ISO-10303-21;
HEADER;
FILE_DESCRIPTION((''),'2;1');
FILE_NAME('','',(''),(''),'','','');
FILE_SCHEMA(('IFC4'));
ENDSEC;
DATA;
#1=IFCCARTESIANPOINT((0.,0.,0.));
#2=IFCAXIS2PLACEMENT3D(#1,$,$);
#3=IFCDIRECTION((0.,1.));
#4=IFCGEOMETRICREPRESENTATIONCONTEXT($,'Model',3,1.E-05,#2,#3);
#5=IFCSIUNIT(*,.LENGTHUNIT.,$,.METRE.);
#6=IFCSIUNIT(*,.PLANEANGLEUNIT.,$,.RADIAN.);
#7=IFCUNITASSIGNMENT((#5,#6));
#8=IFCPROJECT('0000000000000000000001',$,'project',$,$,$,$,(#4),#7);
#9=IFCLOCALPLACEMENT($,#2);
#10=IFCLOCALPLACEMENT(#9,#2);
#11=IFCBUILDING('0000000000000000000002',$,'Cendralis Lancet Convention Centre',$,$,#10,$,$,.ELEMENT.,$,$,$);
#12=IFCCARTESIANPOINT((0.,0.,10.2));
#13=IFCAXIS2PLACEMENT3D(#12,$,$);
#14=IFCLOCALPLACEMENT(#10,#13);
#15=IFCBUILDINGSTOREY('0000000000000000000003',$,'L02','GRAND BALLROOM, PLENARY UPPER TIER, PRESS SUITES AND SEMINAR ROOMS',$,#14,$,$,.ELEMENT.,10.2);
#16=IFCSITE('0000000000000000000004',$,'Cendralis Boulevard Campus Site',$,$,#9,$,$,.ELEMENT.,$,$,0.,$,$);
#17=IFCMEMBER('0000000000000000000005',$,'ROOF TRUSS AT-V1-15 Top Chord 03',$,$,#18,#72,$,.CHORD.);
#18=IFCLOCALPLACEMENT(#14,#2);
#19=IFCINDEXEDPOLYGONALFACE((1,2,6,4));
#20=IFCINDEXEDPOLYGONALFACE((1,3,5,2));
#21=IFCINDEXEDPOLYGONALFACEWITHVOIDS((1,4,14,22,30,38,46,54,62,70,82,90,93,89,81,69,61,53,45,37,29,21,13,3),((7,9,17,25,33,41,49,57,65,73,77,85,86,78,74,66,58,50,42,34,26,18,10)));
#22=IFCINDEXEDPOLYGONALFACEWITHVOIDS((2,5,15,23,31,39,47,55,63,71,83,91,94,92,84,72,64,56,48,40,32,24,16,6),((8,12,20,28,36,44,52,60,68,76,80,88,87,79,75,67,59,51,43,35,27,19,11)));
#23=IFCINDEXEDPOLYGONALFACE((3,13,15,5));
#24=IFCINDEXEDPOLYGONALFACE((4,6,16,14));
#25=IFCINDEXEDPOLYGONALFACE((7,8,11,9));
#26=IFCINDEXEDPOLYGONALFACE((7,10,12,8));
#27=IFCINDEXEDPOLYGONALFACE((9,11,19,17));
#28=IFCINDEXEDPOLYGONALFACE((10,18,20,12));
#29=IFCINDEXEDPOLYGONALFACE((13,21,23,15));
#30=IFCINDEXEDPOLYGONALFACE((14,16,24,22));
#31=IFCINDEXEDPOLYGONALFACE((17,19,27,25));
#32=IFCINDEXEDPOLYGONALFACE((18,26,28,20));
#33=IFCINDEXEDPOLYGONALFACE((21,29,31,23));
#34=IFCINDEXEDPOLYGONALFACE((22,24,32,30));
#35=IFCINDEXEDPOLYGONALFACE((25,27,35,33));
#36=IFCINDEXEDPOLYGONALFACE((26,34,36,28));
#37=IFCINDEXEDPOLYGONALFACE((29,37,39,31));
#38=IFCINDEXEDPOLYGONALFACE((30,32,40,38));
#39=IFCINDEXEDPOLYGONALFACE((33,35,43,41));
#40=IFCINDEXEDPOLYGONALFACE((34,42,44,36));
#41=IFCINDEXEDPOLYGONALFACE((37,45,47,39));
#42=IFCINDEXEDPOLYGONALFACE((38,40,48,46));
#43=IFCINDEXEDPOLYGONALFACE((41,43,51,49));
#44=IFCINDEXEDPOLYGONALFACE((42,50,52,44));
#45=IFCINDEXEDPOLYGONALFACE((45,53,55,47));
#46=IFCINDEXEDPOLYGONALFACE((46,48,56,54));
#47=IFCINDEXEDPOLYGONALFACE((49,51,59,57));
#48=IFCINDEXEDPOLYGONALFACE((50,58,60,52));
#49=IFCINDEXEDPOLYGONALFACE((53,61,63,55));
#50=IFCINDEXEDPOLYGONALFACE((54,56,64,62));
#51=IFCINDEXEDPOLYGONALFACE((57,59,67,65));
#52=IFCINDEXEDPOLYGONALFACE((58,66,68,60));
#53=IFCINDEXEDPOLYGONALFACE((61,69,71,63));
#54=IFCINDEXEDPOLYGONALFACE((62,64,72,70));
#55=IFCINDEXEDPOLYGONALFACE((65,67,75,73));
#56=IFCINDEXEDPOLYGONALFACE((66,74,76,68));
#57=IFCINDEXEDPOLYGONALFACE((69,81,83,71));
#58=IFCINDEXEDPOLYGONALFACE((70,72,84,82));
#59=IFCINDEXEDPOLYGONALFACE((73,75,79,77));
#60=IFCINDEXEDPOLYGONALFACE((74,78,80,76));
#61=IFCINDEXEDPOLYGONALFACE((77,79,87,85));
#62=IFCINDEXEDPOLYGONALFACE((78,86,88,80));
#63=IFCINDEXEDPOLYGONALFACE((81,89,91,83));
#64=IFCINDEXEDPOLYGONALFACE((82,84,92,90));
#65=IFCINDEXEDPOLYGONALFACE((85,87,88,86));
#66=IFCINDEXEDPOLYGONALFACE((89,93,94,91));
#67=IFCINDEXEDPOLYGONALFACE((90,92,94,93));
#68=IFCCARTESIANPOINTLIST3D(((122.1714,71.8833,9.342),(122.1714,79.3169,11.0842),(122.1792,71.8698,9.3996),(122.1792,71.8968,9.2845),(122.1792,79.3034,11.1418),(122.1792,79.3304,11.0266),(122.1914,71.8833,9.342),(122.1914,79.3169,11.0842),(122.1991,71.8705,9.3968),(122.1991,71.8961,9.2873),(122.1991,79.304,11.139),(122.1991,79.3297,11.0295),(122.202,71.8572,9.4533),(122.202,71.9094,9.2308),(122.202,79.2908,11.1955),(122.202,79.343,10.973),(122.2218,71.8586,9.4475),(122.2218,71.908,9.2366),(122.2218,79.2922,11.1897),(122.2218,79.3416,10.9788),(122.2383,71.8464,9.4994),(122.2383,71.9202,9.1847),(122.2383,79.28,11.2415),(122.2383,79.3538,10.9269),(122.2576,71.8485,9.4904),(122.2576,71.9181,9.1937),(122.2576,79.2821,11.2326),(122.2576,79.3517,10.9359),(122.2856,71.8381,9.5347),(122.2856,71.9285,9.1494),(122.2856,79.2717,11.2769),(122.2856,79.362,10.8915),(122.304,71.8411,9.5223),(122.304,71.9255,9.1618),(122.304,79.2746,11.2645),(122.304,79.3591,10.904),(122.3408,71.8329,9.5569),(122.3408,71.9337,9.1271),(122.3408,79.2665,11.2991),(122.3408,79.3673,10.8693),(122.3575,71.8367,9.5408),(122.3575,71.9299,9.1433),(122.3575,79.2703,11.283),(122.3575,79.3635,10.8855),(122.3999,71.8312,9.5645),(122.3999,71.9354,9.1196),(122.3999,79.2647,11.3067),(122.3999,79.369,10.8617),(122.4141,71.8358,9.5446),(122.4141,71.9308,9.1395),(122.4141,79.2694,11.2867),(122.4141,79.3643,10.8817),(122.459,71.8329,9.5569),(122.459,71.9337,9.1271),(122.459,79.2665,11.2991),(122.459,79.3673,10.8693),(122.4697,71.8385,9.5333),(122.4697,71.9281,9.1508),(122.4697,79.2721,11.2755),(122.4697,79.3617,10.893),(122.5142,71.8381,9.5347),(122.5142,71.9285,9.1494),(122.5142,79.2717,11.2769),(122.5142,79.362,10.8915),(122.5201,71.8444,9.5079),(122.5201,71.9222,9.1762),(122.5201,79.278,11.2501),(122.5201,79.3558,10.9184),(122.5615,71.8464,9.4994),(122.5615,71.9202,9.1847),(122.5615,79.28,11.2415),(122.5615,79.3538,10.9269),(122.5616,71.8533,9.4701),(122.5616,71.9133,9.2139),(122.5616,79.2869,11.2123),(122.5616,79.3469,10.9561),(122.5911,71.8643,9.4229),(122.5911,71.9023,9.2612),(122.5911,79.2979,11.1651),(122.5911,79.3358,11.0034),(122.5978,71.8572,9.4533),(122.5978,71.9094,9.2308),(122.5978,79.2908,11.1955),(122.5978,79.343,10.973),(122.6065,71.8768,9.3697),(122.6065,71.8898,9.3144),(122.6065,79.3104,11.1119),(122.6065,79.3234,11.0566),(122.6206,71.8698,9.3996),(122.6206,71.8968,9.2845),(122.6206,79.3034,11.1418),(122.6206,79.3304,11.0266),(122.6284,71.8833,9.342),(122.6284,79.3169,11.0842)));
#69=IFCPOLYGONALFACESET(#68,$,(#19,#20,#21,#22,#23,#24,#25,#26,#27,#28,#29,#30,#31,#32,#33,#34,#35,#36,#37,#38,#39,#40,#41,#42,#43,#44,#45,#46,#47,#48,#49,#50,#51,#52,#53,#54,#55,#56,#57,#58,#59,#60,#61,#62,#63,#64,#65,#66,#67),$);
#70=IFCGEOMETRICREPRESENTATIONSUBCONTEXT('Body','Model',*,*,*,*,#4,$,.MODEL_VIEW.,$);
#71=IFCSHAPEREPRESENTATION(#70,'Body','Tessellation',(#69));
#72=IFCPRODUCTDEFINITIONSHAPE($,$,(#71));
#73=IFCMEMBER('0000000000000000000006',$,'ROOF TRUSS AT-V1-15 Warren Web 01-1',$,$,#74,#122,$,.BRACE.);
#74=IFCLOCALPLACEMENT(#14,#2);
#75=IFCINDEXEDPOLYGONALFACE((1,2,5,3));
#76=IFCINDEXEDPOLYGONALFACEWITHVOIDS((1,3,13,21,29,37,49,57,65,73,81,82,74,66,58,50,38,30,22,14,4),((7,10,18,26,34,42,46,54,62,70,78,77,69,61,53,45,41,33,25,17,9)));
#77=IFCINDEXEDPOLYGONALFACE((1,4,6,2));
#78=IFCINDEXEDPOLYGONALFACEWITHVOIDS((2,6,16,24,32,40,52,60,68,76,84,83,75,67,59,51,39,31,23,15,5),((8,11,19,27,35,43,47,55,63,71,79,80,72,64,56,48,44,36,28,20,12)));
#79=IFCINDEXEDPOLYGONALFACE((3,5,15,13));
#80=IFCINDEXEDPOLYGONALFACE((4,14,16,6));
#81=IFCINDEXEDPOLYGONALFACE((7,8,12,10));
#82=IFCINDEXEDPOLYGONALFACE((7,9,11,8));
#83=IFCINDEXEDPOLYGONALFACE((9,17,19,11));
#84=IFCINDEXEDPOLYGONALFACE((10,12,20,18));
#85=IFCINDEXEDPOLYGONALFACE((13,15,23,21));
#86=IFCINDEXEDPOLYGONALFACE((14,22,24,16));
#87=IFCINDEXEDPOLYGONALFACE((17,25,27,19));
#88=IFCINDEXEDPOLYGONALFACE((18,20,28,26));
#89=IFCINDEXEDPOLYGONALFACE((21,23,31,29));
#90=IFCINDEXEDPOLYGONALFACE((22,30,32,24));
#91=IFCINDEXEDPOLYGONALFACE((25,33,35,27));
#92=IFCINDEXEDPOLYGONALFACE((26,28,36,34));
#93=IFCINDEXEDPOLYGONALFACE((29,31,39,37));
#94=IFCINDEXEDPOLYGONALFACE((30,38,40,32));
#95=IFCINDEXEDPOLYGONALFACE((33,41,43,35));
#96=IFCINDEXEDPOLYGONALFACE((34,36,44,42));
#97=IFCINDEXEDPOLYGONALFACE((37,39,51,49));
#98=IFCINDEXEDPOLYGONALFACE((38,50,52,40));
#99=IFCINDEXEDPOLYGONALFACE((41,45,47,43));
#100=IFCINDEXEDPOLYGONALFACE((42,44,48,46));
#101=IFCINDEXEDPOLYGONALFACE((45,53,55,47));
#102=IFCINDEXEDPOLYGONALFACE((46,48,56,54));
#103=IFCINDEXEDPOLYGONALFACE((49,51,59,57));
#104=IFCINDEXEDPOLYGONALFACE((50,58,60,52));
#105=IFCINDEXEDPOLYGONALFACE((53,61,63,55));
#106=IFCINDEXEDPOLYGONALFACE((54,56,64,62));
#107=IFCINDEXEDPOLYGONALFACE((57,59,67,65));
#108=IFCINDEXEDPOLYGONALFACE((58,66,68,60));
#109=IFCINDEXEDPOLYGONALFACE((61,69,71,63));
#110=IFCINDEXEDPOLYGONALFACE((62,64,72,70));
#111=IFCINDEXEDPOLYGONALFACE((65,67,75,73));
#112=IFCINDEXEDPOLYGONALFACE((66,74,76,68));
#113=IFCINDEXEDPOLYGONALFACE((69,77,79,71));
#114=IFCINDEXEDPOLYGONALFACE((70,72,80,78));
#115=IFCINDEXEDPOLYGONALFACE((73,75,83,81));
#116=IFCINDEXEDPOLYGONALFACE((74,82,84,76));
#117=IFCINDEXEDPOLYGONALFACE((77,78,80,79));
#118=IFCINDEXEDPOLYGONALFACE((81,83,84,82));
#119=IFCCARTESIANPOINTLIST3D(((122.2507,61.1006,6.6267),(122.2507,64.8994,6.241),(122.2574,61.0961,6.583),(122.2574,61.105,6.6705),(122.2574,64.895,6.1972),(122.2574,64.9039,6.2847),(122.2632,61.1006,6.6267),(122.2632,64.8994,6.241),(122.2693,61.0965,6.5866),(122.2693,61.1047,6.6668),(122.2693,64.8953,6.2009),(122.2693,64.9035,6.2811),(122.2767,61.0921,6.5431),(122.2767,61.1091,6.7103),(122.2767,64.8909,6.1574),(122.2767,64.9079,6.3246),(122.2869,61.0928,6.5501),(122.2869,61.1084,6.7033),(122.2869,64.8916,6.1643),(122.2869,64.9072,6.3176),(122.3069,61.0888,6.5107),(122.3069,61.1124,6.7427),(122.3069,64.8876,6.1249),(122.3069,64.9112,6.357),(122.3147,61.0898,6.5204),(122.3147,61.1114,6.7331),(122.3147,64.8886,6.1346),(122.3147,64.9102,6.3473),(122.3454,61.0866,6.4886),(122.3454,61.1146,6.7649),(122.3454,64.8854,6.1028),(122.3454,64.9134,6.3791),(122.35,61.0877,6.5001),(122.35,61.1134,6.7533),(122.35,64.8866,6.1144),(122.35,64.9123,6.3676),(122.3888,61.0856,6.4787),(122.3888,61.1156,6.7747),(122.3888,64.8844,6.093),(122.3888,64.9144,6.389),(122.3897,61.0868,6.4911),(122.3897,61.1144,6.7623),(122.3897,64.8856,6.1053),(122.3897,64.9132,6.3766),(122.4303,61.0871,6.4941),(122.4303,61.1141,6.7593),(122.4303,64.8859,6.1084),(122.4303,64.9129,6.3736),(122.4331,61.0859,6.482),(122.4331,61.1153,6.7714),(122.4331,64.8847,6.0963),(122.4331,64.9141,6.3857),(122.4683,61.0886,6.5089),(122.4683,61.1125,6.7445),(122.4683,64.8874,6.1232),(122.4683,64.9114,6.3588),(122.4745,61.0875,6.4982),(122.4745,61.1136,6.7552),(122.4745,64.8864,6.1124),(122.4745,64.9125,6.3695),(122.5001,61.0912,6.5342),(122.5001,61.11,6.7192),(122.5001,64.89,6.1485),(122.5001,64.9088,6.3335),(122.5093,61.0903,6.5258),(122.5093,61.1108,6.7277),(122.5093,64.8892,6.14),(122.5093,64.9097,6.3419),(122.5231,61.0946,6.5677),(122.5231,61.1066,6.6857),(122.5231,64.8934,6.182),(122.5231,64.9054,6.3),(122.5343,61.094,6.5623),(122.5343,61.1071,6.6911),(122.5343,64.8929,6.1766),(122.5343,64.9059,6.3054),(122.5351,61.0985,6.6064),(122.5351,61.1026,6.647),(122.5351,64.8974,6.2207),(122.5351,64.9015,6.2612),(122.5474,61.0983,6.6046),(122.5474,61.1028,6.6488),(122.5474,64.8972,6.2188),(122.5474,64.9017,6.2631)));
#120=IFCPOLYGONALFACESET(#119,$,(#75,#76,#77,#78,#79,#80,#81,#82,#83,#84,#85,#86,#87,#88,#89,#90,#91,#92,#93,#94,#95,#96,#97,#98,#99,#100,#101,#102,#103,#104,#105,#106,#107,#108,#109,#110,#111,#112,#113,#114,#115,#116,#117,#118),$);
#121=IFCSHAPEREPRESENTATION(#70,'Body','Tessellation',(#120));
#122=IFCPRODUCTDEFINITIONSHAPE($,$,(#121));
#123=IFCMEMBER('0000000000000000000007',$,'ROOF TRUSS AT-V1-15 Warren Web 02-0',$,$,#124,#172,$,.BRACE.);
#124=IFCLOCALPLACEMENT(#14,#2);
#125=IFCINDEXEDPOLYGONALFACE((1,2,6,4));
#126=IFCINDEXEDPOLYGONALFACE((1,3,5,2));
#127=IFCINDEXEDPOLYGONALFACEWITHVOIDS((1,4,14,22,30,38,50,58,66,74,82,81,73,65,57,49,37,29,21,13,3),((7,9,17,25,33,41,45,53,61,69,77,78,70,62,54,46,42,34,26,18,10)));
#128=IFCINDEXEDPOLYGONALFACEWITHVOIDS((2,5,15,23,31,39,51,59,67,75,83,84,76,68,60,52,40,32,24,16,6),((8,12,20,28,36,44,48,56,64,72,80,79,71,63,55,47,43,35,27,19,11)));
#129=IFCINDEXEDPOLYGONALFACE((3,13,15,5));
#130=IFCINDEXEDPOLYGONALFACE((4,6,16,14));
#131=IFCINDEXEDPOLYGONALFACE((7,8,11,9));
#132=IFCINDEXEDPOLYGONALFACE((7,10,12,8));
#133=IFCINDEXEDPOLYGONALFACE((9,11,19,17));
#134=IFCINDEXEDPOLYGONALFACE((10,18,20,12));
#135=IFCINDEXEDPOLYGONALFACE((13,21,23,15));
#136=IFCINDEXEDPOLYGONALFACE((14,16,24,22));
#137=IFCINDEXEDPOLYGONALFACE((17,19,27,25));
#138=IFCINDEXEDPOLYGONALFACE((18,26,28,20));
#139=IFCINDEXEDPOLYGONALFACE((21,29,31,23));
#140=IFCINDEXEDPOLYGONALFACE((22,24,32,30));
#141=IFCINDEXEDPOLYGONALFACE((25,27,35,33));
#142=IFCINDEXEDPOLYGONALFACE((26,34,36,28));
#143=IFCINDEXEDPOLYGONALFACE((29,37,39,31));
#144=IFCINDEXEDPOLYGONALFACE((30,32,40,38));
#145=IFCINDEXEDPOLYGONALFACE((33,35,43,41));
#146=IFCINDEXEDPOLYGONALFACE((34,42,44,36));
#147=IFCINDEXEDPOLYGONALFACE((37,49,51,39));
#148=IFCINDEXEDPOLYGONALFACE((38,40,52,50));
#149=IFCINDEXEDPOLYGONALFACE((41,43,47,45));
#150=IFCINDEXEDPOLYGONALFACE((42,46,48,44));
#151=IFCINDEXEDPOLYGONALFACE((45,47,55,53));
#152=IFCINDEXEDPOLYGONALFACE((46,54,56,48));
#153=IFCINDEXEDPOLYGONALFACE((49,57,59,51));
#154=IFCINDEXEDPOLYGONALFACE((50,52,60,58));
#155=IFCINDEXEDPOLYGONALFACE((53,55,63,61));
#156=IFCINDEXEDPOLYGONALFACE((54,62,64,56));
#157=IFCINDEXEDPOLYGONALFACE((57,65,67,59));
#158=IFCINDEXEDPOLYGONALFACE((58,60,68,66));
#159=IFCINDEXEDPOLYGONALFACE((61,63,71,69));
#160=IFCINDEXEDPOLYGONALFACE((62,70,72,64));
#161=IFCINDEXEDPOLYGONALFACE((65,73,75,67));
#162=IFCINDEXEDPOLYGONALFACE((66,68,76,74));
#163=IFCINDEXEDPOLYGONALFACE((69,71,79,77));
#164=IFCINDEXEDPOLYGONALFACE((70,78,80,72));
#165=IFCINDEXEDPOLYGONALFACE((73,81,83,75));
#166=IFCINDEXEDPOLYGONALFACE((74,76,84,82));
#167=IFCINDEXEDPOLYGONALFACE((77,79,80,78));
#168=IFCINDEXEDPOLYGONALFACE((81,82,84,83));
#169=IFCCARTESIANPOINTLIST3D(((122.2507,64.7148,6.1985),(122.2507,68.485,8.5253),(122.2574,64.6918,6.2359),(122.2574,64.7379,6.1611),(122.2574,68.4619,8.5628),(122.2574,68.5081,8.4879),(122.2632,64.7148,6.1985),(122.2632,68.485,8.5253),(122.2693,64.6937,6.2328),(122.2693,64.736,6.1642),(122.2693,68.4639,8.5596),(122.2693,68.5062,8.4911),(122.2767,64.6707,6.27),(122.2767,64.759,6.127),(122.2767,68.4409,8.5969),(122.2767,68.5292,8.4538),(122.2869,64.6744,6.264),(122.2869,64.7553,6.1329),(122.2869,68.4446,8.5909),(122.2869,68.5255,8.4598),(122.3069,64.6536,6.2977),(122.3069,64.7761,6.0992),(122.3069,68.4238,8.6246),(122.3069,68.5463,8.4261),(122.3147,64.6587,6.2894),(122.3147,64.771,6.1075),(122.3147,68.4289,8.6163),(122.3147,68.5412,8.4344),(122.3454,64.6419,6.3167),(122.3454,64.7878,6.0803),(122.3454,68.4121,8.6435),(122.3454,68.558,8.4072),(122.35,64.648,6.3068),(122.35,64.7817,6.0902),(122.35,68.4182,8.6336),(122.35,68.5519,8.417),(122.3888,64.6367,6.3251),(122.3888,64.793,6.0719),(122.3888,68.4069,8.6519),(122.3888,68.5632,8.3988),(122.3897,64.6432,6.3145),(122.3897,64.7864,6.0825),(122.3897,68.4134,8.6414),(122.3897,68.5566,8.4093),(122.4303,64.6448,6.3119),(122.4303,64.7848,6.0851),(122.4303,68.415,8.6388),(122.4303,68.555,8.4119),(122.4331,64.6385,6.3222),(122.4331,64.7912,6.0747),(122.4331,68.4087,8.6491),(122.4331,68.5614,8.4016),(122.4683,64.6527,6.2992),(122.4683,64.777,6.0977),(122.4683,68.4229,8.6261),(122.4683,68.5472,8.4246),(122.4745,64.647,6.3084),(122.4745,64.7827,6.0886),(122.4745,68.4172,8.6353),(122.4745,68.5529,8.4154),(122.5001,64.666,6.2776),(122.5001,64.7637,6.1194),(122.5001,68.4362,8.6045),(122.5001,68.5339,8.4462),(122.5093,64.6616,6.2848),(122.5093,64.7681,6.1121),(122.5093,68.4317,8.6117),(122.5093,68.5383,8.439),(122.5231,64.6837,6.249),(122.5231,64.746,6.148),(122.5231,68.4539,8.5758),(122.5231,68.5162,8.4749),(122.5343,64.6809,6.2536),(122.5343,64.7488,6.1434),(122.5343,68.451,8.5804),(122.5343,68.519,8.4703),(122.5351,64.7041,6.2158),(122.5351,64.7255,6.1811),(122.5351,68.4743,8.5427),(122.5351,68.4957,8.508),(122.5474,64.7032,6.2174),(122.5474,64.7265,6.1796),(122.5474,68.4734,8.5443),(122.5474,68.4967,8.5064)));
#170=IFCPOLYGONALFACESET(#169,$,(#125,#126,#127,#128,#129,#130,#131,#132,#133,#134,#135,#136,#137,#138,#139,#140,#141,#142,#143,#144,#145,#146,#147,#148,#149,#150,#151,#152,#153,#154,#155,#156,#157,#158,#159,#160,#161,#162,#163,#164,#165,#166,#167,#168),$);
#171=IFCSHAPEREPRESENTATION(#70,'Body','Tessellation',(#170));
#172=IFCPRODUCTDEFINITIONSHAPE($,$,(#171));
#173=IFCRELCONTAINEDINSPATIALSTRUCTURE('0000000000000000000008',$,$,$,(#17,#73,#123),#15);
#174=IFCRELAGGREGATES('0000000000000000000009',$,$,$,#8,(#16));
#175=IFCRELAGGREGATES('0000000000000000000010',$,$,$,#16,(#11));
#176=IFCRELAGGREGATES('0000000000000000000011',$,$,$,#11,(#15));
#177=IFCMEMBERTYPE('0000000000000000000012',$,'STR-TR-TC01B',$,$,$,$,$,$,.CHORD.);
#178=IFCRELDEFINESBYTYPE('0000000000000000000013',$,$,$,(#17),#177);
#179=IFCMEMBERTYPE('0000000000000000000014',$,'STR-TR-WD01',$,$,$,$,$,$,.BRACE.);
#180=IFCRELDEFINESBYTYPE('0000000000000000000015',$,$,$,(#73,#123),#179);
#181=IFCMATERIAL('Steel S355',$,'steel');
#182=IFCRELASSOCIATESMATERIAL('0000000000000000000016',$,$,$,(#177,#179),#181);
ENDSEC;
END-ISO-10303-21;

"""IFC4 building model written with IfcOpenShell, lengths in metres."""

from ifc_helpers import new_model, si_unit, direction, frame, origin, origin_2d, place, context, subcontext, project, spatial, hollow_circle, extrude, material, material_profile, profile_set, type_object, element, save


model = new_model("IFC4")

# Units and contexts
model_context = context("Model", 3, precision=1e-05, world=origin(), true_north=direction((0.0, 1.0)))
body_context = subcontext(model_context, "Body", "Model", "MODEL_VIEW")
ifc_project = project(units=[si_unit("LENGTHUNIT", "METRE"), si_unit("PLANEANGLEUNIT", "RADIAN")], contexts=[model_context])

# Site, building, storey
site_placement = place(None, origin())
site = spatial("IfcSite", under=ifc_project, at=site_placement, Name="Cendralis Boulevard Campus Site", CompositionType="ELEMENT", RefElevation=0.0)
building_placement = place(site_placement, origin())
building = spatial("IfcBuilding", under=site, at=building_placement, Name="Cendralis Lancet Convention Centre", CompositionType="ELEMENT")
storey_placement = place(building_placement, frame((0.0, 0.0, 10.2)))
storey = spatial("IfcBuildingStorey", under=building, at=storey_placement, Name="L02", Description="GRAND BALLROOM, PLENARY UPPER TIER, PRESS SUITES AND SEMINAR ROOMS", CompositionType="ELEMENT", Elevation=10.2)

# Shared definitions
ifc_material_1 = material(Name="Steel S355", Category="steel")

# Members
ifc_material_profile_1 = material_profile(ifc_material_1, hollow_circle(Radius=0.2285, WallThickness=0.02, at=origin_2d()), Name="CHS 457.0x20.0")
ifc_profile_set_1 = profile_set([ifc_material_profile_1], Name="Steel S355")
member_type_1 = type_object("IfcMemberType", Name="STR-TR-TC01B", PredefinedType="CHORD", material=ifc_profile_set_1)
member_1_placement = place(storey_placement, frame((122.3999, 71.8833, 9.342), z_axis=(0.0, 0.973618, 0.228184), x_axis=(-1.0, 0.0, 0.0)))
element("IfcMember", 1, at=member_1_placement, inside=storey, type_object=member_type_1, Name="ROOF TRUSS AT-V1-15 Top Chord 03", PredefinedType="CHORD", context=body_context, shape_type="SweptSolid", body=[
    extrude(hollow_circle(Radius=0.2285, WallThickness=0.02, at=origin_2d()), origin(), (0.0, 0.0, 1.0), 7.635),
])
ifc_material_profile_2 = material_profile(ifc_material_1, hollow_circle(Radius=0.1492, WallThickness=0.0125, at=origin_2d()), Name="CHS 298.5x12.5")
ifc_profile_set_2 = profile_set([ifc_material_profile_2], Name="Steel S355")
member_type_2 = type_object("IfcMemberType", Name="STR-TR-WD01", PredefinedType="BRACE", material=ifc_profile_set_2)
member_2_placement = place(storey_placement, frame((122.3999, 61.1006, 6.6267), z_axis=(0.0, 0.994884, -0.101023), x_axis=(-1.0, 0.0, 0.0)))
element("IfcMember", 2, at=member_2_placement, inside=storey, type_object=member_type_2, Name="ROOF TRUSS AT-V1-15 Warren Web 01-1", PredefinedType="BRACE", context=body_context, shape_type="SweptSolid", body=[
    extrude(hollow_circle(Radius=0.1492, WallThickness=0.0125, at=origin_2d()), origin(), (0.0, 0.0, 1.0), 3.8184),
])
member_3_placement = place(storey_placement, frame((122.3999, 64.7148, 6.1985), z_axis=(0.0, 0.850978, 0.525201), x_axis=(-1.0, 0.0, 0.0)))
element("IfcMember", 3, at=member_3_placement, inside=storey, type_object=member_type_2, Name="ROOF TRUSS AT-V1-15 Warren Web 02-0", PredefinedType="BRACE", context=body_context, shape_type="SweptSolid", body=[
    extrude(hollow_circle(Radius=0.1492, WallThickness=0.0125, at=origin_2d()), origin(), (0.0, 0.0, 1.0), 4.4304),
])

save(model, "model.ifc")
